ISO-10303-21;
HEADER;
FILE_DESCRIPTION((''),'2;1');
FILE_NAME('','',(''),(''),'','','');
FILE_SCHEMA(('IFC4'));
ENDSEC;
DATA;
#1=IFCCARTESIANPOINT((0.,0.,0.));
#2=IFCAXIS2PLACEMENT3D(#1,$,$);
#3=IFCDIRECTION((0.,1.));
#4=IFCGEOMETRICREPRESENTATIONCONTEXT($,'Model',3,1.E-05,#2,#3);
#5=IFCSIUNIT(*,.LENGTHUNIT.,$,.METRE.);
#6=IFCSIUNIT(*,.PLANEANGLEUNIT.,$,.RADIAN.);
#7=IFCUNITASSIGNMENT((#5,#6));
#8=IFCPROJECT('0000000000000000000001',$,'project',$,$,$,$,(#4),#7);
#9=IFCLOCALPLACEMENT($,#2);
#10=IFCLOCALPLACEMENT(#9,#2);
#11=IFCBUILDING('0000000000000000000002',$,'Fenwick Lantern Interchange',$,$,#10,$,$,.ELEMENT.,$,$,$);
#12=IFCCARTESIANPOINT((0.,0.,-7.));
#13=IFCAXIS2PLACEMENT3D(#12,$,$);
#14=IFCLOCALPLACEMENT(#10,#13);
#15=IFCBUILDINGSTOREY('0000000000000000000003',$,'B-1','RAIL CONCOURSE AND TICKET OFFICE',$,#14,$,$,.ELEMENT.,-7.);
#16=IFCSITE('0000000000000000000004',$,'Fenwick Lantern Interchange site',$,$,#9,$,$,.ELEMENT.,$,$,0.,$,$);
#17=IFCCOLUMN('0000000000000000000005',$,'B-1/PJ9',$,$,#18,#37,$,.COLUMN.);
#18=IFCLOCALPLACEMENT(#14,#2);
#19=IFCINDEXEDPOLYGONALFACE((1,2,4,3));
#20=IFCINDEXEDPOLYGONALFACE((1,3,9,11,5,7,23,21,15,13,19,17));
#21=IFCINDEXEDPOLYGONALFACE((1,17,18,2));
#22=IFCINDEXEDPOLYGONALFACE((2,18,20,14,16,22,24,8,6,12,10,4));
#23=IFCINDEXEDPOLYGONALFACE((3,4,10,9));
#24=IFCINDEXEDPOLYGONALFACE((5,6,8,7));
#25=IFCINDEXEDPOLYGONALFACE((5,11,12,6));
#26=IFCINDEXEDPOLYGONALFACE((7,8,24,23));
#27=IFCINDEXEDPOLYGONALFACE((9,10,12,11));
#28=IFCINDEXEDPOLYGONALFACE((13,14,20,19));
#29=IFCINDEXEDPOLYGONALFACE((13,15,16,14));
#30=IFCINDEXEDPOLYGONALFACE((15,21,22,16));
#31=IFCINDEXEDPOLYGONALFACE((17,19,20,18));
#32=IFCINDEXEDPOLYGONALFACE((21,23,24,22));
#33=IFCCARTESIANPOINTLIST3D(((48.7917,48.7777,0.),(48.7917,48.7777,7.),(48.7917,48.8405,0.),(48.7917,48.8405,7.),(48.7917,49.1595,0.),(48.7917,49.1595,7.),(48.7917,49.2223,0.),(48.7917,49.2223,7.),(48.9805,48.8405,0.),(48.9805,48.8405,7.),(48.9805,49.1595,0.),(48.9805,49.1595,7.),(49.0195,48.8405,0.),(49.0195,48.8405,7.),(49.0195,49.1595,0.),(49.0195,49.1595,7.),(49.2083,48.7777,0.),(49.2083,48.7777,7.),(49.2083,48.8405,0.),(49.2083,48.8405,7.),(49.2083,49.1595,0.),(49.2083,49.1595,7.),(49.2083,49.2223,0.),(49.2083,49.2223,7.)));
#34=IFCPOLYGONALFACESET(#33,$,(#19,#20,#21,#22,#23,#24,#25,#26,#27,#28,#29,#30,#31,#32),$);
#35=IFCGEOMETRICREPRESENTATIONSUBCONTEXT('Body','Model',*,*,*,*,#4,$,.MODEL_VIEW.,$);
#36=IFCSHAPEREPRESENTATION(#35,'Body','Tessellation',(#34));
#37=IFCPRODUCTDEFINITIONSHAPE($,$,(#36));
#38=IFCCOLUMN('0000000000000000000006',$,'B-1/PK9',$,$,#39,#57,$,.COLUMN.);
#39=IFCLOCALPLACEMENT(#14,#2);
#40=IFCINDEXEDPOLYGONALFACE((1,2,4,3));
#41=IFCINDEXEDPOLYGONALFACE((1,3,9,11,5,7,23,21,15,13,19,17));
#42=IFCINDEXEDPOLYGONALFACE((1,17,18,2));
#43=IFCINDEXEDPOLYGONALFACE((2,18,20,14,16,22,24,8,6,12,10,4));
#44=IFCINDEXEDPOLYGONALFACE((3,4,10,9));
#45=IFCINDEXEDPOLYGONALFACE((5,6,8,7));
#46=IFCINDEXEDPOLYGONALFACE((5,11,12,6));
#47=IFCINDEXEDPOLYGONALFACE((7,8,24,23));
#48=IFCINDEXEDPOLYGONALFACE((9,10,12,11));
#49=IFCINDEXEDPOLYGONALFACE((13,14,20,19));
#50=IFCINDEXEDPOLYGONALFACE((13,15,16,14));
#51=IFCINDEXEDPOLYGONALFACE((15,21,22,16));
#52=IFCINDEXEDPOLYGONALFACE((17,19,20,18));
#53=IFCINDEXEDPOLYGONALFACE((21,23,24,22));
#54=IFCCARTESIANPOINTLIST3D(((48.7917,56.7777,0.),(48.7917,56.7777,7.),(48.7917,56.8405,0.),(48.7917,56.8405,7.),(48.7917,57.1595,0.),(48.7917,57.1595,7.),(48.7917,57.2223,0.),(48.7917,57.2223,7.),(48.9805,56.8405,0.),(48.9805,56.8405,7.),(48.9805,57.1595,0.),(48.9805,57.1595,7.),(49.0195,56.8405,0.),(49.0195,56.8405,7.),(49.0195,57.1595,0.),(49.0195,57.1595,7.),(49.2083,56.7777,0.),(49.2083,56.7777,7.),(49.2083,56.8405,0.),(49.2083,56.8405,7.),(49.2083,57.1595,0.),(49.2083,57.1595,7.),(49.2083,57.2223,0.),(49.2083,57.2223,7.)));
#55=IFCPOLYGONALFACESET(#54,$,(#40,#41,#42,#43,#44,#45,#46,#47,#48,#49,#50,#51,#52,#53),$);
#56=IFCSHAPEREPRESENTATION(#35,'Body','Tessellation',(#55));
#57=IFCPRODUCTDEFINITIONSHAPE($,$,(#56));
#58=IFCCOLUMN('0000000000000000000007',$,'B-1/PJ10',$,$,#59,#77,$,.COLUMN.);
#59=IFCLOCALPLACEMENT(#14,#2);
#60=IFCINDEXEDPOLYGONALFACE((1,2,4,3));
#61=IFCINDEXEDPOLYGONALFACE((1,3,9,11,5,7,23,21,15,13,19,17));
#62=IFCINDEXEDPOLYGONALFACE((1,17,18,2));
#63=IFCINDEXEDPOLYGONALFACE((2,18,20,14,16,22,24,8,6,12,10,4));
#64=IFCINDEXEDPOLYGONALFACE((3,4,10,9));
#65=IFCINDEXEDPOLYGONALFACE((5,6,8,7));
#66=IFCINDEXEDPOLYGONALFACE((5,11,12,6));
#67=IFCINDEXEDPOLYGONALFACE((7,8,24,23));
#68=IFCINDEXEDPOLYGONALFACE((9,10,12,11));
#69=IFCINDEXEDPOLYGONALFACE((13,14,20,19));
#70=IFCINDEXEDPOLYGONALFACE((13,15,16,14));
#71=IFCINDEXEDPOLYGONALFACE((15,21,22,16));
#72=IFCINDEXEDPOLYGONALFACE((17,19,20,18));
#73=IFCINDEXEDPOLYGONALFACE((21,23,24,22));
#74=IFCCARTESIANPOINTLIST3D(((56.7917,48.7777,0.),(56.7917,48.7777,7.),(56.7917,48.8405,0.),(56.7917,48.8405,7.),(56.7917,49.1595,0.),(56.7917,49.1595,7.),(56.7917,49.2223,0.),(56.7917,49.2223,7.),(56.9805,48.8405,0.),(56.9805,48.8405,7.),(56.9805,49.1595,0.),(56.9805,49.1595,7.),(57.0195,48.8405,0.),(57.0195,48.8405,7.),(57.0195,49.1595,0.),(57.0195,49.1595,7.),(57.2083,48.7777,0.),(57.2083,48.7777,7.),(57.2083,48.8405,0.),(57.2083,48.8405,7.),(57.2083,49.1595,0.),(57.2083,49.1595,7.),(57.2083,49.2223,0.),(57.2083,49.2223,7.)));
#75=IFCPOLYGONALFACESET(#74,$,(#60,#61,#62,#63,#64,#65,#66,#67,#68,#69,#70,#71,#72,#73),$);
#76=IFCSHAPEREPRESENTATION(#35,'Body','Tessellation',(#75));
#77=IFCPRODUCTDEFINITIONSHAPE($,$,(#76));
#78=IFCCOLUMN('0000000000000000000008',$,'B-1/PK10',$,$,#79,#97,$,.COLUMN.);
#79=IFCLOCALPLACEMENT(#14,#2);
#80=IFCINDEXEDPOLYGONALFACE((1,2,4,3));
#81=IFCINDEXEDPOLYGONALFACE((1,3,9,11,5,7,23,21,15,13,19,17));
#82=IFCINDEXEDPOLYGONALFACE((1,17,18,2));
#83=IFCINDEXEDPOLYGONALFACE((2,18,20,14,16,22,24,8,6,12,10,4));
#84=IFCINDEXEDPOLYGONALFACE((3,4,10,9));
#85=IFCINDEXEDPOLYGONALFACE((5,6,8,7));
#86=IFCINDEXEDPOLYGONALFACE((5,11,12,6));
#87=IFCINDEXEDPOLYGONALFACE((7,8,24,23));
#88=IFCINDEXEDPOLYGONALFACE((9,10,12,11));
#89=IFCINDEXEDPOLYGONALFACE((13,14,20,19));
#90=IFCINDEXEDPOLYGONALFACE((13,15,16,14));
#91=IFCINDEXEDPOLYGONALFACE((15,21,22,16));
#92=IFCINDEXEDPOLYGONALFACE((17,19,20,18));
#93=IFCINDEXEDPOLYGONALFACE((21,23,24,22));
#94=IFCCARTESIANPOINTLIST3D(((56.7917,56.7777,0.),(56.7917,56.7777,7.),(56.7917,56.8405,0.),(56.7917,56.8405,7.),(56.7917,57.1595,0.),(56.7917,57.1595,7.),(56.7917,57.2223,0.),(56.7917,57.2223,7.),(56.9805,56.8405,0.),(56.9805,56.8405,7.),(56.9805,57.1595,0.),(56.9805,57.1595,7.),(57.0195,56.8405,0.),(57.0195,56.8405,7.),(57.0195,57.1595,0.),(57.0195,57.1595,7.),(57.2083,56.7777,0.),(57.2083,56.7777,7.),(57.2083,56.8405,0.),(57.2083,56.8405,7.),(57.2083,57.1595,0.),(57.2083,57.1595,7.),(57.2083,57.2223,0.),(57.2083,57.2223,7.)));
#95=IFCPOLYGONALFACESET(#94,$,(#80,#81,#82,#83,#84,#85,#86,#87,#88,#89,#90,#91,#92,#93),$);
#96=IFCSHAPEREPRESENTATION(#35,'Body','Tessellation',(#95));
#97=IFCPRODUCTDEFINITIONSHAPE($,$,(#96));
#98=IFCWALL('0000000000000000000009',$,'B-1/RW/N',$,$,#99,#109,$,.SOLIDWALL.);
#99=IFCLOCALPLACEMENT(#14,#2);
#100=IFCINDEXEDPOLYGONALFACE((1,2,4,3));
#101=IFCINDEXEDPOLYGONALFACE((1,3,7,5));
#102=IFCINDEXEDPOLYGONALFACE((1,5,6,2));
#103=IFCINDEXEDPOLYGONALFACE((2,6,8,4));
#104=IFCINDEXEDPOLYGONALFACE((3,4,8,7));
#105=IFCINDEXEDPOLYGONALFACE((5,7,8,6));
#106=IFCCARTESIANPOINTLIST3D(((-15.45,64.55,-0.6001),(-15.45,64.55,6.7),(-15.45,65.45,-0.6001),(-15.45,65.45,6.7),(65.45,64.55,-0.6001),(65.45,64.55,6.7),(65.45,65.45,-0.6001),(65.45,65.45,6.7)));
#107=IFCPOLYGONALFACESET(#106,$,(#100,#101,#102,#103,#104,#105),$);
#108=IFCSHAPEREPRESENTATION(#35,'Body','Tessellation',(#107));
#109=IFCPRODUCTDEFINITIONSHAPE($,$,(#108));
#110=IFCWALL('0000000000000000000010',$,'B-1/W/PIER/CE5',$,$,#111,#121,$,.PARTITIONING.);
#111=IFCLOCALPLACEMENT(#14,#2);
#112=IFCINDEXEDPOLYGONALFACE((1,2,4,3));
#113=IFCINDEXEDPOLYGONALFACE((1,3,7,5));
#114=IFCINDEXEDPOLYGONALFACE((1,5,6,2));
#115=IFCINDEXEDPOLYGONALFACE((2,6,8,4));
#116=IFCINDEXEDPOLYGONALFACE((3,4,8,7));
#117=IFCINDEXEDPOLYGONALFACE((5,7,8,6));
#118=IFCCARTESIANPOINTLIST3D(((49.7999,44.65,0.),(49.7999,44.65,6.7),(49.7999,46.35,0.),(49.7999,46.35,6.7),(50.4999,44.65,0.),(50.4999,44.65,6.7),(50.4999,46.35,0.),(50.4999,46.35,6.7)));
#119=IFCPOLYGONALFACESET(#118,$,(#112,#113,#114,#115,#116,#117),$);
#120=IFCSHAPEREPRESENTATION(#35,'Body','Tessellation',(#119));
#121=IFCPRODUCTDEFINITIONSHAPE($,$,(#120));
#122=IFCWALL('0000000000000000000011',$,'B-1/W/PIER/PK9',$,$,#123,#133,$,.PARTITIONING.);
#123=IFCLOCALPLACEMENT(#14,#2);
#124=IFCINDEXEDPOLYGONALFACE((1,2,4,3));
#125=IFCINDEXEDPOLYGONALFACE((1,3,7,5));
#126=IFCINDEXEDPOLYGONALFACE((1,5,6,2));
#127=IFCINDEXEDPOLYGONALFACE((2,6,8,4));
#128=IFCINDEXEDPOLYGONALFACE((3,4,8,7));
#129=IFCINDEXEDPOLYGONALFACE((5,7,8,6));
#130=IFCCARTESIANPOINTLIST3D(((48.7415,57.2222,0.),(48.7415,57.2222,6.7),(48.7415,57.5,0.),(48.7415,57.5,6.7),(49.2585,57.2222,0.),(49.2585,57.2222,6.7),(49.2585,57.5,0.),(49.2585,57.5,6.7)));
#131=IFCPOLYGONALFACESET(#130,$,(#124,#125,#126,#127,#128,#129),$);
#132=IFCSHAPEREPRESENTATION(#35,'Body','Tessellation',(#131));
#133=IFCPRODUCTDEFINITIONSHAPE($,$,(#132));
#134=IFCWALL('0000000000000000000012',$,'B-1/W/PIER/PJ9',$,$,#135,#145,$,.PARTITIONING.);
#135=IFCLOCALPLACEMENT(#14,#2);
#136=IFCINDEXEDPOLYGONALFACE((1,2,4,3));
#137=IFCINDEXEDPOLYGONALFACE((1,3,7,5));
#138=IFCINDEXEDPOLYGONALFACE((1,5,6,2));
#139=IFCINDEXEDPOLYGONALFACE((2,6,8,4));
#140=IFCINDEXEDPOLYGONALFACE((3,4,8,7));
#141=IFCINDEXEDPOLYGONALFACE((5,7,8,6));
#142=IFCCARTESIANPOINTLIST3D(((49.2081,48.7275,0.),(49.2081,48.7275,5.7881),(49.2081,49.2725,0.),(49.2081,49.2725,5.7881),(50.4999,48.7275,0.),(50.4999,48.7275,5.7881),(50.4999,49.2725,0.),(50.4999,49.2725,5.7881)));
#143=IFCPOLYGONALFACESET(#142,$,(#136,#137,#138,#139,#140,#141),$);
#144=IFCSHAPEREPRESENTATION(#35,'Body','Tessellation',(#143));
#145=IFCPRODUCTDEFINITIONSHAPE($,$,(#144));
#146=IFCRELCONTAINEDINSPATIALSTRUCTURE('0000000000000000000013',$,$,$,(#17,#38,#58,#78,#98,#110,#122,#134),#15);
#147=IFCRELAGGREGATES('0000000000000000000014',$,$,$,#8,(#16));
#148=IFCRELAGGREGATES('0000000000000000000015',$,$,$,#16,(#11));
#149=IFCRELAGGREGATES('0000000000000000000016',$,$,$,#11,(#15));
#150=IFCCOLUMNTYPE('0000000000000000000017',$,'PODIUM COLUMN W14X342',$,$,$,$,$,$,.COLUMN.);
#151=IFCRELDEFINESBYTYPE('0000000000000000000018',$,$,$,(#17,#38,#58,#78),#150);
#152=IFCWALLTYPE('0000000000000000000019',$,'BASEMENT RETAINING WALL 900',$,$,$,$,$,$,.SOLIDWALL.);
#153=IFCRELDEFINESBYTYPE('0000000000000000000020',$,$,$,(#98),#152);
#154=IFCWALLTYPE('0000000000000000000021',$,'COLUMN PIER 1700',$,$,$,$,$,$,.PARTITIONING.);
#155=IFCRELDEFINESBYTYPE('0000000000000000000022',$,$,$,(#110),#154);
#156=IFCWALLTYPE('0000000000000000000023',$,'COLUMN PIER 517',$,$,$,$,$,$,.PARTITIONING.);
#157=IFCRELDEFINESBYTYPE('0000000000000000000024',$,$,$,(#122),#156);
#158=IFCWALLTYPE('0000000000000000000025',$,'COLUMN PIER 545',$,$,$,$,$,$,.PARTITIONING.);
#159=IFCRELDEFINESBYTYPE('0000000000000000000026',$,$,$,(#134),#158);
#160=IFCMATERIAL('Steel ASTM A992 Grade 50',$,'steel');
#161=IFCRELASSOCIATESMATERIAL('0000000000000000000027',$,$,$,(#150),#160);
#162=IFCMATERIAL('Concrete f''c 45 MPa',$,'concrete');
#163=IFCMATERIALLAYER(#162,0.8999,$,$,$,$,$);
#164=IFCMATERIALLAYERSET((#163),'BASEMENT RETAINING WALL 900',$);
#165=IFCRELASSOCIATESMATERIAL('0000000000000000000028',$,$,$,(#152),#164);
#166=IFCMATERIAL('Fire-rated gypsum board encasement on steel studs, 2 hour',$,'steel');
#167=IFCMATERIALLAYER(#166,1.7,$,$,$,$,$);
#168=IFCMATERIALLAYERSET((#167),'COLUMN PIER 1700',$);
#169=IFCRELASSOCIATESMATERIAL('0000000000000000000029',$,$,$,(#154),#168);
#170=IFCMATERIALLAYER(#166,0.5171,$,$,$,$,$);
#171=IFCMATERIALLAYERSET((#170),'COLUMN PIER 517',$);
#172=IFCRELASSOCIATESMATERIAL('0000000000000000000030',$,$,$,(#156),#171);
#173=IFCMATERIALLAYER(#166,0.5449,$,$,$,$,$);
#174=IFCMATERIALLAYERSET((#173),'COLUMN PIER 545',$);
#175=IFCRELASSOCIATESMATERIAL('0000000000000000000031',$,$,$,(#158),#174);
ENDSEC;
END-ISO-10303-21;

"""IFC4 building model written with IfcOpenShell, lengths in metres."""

from ifc_helpers import new_model, si_unit, direction, frame, frame_2d, origin, origin_2d, place, context, subcontext, project, spatial, rectangle, i_section, extrude, material, layer, layer_set, material_profile, profile_set, type_object, element, save


model = new_model("IFC4")

# Units and contexts
model_context = context("Model", 3, precision=1e-05, world=origin(), true_north=direction((0.0, 1.0)))
body_context = subcontext(model_context, "Body", "Model", "MODEL_VIEW")
ifc_project = project(units=[si_unit("LENGTHUNIT", "METRE"), si_unit("PLANEANGLEUNIT", "RADIAN")], contexts=[model_context])

# Site, building, storey
site_placement = place(None, origin())
site = spatial("IfcSite", under=ifc_project, at=site_placement, Name="Fenwick Lantern Interchange site", CompositionType="ELEMENT", RefElevation=0.0)
building_placement = place(site_placement, origin())
building = spatial("IfcBuilding", under=site, at=building_placement, Name="Fenwick Lantern Interchange", CompositionType="ELEMENT")
storey_placement = place(building_placement, frame((0.0, 0.0, -7.0)))
storey = spatial("IfcBuildingStorey", under=building, at=storey_placement, Name="B-1", Description="RAIL CONCOURSE AND TICKET OFFICE", CompositionType="ELEMENT", Elevation=-7.0)

# Shared definitions
ifc_material_1 = material(Name="Concrete f'c 45 MPa", Category="concrete")

# Columns
ifc_material_2 = material(Name="Steel ASTM A992 Grade 50", Category="steel")
ifc_material_profile_1 = material_profile(ifc_material_2, i_section(OverallWidth=0.4165, OverallDepth=0.4446, WebThickness=0.0391, FlangeThickness=0.0627, at=origin_2d()), Name="W14X342")
ifc_profile_set_1 = profile_set([ifc_material_profile_1], Name="Steel ASTM A992 Grade 50")
column_type_1 = type_object("IfcColumnType", Name="PODIUM COLUMN W14X342", PredefinedType="COLUMN", material=ifc_profile_set_1)
for number, where, z_axis, x_axis, name in (
    (1, (49.0, 49.0, 0.0), (0.0, 0.0, 1.0), (1.0, 0.0, 0.0), "B-1/PJ9"),
    (2, (49.0, 57.0, 0.0), (0.0, 0.0, 1.0), (1.0, 0.0, 0.0), "B-1/PK9"),
    (3, (57.0, 49.0, 0.0), (0.0, 0.0, 1.0), (1.0, 0.0, 0.0), "B-1/PJ10"),
    (4, (57.0, 57.0, 0.0), (0.0, 0.0, 1.0), (1.0, 0.0, 0.0), "B-1/PK10"),
):
    element("IfcColumn", number, at=place(storey_placement, frame(where, z_axis=z_axis, x_axis=x_axis)), inside=storey, type_object=column_type_1, Name=name, PredefinedType="COLUMN", context=body_context, shape_type="SweptSolid", body=[
        extrude(i_section(OverallWidth=0.4165, OverallDepth=0.4446, WebThickness=0.0391, FlangeThickness=0.0627, at=origin_2d()), origin(), (0.0, 0.0, 1.0), 7.0),
    ])

# Walls
ifc_layer_1 = layer(ifc_material_1, 0.8999)
ifc_layer_set_1 = layer_set([ifc_layer_1], Name="BASEMENT RETAINING WALL 900")
wall_type_1 = type_object("IfcWallType", Name="BASEMENT RETAINING WALL 900", PredefinedType="SOLIDWALL", material=ifc_layer_set_1)
wall_1_placement = place(storey_placement, frame((65.45, 65.0, -0.6001), z_axis=(0.0, 0.0, 1.0), x_axis=(-1.0, 0.0, 0.0)))
element("IfcWall", 5, at=wall_1_placement, inside=storey, type_object=wall_type_1, Name="B-1/RW/N", PredefinedType="SOLIDWALL", context=body_context, shape_type="SweptSolid", body=[
    extrude(rectangle(XDim=80.8999, YDim=0.8999, at=frame_2d((40.45, 0.0))), origin(), (0.0, 0.0, 1.0), 7.3),
])
ifc_material_3 = material(Name="Fire-rated gypsum board encasement on steel studs, 2 hour", Category="steel")
ifc_layer_2 = layer(ifc_material_3, 1.7)
ifc_layer_set_2 = layer_set([ifc_layer_2], Name="COLUMN PIER 1700")
wall_type_2 = type_object("IfcWallType", Name="COLUMN PIER 1700", PredefinedType="PARTITIONING", material=ifc_layer_set_2)
wall_2_placement = place(storey_placement, frame((50.5, 45.5, 0.0), z_axis=(0.0, 0.0, 1.0), x_axis=(-1.0, 0.0, 0.0)))
element("IfcWall", 6, at=wall_2_placement, inside=storey, type_object=wall_type_2, Name="B-1/W/PIER/CE5", PredefinedType="PARTITIONING", context=body_context, shape_type="SweptSolid", body=[
    extrude(rectangle(XDim=0.7, YDim=1.7, at=frame_2d((0.3501, 0.0))), origin(), (0.0, 0.0, 1.0), 6.7),
])
ifc_layer_3 = layer(ifc_material_3, 0.5171)
ifc_layer_set_3 = layer_set([ifc_layer_3], Name="COLUMN PIER 517")
wall_type_3 = type_object("IfcWallType", Name="COLUMN PIER 517", PredefinedType="PARTITIONING", material=ifc_layer_set_3)
wall_3_placement = place(storey_placement, frame((49.0, 57.5, 0.0), z_axis=(0.0, 0.0, 1.0), x_axis=(0.0, -1.0, 0.0)))
element("IfcWall", 7, at=wall_3_placement, inside=storey, type_object=wall_type_3, Name="B-1/W/PIER/PK9", PredefinedType="PARTITIONING", context=body_context, shape_type="SweptSolid", body=[
    extrude(rectangle(XDim=0.2778, YDim=0.5171, at=frame_2d((0.1389, 0.0))), origin(), (0.0, 0.0, 1.0), 6.7),
])
ifc_layer_4 = layer(ifc_material_3, 0.5449)
ifc_layer_set_4 = layer_set([ifc_layer_4], Name="COLUMN PIER 545")
wall_type_4 = type_object("IfcWallType", Name="COLUMN PIER 545", PredefinedType="PARTITIONING", material=ifc_layer_set_4)
wall_4_placement = place(storey_placement, frame((50.5, 49.0, 0.0), z_axis=(0.0, 0.0, 1.0), x_axis=(-1.0, 0.0, 0.0)))
element("IfcWall", 8, at=wall_4_placement, inside=storey, type_object=wall_type_4, Name="B-1/W/PIER/PJ9", PredefinedType="PARTITIONING", context=body_context, shape_type="SweptSolid", body=[
    extrude(rectangle(XDim=1.2917, YDim=0.5449, at=frame_2d((0.646, 0.0))), origin(), (0.0, 0.0, 1.0), 5.7881),
])

save(model, "model.ifc")
